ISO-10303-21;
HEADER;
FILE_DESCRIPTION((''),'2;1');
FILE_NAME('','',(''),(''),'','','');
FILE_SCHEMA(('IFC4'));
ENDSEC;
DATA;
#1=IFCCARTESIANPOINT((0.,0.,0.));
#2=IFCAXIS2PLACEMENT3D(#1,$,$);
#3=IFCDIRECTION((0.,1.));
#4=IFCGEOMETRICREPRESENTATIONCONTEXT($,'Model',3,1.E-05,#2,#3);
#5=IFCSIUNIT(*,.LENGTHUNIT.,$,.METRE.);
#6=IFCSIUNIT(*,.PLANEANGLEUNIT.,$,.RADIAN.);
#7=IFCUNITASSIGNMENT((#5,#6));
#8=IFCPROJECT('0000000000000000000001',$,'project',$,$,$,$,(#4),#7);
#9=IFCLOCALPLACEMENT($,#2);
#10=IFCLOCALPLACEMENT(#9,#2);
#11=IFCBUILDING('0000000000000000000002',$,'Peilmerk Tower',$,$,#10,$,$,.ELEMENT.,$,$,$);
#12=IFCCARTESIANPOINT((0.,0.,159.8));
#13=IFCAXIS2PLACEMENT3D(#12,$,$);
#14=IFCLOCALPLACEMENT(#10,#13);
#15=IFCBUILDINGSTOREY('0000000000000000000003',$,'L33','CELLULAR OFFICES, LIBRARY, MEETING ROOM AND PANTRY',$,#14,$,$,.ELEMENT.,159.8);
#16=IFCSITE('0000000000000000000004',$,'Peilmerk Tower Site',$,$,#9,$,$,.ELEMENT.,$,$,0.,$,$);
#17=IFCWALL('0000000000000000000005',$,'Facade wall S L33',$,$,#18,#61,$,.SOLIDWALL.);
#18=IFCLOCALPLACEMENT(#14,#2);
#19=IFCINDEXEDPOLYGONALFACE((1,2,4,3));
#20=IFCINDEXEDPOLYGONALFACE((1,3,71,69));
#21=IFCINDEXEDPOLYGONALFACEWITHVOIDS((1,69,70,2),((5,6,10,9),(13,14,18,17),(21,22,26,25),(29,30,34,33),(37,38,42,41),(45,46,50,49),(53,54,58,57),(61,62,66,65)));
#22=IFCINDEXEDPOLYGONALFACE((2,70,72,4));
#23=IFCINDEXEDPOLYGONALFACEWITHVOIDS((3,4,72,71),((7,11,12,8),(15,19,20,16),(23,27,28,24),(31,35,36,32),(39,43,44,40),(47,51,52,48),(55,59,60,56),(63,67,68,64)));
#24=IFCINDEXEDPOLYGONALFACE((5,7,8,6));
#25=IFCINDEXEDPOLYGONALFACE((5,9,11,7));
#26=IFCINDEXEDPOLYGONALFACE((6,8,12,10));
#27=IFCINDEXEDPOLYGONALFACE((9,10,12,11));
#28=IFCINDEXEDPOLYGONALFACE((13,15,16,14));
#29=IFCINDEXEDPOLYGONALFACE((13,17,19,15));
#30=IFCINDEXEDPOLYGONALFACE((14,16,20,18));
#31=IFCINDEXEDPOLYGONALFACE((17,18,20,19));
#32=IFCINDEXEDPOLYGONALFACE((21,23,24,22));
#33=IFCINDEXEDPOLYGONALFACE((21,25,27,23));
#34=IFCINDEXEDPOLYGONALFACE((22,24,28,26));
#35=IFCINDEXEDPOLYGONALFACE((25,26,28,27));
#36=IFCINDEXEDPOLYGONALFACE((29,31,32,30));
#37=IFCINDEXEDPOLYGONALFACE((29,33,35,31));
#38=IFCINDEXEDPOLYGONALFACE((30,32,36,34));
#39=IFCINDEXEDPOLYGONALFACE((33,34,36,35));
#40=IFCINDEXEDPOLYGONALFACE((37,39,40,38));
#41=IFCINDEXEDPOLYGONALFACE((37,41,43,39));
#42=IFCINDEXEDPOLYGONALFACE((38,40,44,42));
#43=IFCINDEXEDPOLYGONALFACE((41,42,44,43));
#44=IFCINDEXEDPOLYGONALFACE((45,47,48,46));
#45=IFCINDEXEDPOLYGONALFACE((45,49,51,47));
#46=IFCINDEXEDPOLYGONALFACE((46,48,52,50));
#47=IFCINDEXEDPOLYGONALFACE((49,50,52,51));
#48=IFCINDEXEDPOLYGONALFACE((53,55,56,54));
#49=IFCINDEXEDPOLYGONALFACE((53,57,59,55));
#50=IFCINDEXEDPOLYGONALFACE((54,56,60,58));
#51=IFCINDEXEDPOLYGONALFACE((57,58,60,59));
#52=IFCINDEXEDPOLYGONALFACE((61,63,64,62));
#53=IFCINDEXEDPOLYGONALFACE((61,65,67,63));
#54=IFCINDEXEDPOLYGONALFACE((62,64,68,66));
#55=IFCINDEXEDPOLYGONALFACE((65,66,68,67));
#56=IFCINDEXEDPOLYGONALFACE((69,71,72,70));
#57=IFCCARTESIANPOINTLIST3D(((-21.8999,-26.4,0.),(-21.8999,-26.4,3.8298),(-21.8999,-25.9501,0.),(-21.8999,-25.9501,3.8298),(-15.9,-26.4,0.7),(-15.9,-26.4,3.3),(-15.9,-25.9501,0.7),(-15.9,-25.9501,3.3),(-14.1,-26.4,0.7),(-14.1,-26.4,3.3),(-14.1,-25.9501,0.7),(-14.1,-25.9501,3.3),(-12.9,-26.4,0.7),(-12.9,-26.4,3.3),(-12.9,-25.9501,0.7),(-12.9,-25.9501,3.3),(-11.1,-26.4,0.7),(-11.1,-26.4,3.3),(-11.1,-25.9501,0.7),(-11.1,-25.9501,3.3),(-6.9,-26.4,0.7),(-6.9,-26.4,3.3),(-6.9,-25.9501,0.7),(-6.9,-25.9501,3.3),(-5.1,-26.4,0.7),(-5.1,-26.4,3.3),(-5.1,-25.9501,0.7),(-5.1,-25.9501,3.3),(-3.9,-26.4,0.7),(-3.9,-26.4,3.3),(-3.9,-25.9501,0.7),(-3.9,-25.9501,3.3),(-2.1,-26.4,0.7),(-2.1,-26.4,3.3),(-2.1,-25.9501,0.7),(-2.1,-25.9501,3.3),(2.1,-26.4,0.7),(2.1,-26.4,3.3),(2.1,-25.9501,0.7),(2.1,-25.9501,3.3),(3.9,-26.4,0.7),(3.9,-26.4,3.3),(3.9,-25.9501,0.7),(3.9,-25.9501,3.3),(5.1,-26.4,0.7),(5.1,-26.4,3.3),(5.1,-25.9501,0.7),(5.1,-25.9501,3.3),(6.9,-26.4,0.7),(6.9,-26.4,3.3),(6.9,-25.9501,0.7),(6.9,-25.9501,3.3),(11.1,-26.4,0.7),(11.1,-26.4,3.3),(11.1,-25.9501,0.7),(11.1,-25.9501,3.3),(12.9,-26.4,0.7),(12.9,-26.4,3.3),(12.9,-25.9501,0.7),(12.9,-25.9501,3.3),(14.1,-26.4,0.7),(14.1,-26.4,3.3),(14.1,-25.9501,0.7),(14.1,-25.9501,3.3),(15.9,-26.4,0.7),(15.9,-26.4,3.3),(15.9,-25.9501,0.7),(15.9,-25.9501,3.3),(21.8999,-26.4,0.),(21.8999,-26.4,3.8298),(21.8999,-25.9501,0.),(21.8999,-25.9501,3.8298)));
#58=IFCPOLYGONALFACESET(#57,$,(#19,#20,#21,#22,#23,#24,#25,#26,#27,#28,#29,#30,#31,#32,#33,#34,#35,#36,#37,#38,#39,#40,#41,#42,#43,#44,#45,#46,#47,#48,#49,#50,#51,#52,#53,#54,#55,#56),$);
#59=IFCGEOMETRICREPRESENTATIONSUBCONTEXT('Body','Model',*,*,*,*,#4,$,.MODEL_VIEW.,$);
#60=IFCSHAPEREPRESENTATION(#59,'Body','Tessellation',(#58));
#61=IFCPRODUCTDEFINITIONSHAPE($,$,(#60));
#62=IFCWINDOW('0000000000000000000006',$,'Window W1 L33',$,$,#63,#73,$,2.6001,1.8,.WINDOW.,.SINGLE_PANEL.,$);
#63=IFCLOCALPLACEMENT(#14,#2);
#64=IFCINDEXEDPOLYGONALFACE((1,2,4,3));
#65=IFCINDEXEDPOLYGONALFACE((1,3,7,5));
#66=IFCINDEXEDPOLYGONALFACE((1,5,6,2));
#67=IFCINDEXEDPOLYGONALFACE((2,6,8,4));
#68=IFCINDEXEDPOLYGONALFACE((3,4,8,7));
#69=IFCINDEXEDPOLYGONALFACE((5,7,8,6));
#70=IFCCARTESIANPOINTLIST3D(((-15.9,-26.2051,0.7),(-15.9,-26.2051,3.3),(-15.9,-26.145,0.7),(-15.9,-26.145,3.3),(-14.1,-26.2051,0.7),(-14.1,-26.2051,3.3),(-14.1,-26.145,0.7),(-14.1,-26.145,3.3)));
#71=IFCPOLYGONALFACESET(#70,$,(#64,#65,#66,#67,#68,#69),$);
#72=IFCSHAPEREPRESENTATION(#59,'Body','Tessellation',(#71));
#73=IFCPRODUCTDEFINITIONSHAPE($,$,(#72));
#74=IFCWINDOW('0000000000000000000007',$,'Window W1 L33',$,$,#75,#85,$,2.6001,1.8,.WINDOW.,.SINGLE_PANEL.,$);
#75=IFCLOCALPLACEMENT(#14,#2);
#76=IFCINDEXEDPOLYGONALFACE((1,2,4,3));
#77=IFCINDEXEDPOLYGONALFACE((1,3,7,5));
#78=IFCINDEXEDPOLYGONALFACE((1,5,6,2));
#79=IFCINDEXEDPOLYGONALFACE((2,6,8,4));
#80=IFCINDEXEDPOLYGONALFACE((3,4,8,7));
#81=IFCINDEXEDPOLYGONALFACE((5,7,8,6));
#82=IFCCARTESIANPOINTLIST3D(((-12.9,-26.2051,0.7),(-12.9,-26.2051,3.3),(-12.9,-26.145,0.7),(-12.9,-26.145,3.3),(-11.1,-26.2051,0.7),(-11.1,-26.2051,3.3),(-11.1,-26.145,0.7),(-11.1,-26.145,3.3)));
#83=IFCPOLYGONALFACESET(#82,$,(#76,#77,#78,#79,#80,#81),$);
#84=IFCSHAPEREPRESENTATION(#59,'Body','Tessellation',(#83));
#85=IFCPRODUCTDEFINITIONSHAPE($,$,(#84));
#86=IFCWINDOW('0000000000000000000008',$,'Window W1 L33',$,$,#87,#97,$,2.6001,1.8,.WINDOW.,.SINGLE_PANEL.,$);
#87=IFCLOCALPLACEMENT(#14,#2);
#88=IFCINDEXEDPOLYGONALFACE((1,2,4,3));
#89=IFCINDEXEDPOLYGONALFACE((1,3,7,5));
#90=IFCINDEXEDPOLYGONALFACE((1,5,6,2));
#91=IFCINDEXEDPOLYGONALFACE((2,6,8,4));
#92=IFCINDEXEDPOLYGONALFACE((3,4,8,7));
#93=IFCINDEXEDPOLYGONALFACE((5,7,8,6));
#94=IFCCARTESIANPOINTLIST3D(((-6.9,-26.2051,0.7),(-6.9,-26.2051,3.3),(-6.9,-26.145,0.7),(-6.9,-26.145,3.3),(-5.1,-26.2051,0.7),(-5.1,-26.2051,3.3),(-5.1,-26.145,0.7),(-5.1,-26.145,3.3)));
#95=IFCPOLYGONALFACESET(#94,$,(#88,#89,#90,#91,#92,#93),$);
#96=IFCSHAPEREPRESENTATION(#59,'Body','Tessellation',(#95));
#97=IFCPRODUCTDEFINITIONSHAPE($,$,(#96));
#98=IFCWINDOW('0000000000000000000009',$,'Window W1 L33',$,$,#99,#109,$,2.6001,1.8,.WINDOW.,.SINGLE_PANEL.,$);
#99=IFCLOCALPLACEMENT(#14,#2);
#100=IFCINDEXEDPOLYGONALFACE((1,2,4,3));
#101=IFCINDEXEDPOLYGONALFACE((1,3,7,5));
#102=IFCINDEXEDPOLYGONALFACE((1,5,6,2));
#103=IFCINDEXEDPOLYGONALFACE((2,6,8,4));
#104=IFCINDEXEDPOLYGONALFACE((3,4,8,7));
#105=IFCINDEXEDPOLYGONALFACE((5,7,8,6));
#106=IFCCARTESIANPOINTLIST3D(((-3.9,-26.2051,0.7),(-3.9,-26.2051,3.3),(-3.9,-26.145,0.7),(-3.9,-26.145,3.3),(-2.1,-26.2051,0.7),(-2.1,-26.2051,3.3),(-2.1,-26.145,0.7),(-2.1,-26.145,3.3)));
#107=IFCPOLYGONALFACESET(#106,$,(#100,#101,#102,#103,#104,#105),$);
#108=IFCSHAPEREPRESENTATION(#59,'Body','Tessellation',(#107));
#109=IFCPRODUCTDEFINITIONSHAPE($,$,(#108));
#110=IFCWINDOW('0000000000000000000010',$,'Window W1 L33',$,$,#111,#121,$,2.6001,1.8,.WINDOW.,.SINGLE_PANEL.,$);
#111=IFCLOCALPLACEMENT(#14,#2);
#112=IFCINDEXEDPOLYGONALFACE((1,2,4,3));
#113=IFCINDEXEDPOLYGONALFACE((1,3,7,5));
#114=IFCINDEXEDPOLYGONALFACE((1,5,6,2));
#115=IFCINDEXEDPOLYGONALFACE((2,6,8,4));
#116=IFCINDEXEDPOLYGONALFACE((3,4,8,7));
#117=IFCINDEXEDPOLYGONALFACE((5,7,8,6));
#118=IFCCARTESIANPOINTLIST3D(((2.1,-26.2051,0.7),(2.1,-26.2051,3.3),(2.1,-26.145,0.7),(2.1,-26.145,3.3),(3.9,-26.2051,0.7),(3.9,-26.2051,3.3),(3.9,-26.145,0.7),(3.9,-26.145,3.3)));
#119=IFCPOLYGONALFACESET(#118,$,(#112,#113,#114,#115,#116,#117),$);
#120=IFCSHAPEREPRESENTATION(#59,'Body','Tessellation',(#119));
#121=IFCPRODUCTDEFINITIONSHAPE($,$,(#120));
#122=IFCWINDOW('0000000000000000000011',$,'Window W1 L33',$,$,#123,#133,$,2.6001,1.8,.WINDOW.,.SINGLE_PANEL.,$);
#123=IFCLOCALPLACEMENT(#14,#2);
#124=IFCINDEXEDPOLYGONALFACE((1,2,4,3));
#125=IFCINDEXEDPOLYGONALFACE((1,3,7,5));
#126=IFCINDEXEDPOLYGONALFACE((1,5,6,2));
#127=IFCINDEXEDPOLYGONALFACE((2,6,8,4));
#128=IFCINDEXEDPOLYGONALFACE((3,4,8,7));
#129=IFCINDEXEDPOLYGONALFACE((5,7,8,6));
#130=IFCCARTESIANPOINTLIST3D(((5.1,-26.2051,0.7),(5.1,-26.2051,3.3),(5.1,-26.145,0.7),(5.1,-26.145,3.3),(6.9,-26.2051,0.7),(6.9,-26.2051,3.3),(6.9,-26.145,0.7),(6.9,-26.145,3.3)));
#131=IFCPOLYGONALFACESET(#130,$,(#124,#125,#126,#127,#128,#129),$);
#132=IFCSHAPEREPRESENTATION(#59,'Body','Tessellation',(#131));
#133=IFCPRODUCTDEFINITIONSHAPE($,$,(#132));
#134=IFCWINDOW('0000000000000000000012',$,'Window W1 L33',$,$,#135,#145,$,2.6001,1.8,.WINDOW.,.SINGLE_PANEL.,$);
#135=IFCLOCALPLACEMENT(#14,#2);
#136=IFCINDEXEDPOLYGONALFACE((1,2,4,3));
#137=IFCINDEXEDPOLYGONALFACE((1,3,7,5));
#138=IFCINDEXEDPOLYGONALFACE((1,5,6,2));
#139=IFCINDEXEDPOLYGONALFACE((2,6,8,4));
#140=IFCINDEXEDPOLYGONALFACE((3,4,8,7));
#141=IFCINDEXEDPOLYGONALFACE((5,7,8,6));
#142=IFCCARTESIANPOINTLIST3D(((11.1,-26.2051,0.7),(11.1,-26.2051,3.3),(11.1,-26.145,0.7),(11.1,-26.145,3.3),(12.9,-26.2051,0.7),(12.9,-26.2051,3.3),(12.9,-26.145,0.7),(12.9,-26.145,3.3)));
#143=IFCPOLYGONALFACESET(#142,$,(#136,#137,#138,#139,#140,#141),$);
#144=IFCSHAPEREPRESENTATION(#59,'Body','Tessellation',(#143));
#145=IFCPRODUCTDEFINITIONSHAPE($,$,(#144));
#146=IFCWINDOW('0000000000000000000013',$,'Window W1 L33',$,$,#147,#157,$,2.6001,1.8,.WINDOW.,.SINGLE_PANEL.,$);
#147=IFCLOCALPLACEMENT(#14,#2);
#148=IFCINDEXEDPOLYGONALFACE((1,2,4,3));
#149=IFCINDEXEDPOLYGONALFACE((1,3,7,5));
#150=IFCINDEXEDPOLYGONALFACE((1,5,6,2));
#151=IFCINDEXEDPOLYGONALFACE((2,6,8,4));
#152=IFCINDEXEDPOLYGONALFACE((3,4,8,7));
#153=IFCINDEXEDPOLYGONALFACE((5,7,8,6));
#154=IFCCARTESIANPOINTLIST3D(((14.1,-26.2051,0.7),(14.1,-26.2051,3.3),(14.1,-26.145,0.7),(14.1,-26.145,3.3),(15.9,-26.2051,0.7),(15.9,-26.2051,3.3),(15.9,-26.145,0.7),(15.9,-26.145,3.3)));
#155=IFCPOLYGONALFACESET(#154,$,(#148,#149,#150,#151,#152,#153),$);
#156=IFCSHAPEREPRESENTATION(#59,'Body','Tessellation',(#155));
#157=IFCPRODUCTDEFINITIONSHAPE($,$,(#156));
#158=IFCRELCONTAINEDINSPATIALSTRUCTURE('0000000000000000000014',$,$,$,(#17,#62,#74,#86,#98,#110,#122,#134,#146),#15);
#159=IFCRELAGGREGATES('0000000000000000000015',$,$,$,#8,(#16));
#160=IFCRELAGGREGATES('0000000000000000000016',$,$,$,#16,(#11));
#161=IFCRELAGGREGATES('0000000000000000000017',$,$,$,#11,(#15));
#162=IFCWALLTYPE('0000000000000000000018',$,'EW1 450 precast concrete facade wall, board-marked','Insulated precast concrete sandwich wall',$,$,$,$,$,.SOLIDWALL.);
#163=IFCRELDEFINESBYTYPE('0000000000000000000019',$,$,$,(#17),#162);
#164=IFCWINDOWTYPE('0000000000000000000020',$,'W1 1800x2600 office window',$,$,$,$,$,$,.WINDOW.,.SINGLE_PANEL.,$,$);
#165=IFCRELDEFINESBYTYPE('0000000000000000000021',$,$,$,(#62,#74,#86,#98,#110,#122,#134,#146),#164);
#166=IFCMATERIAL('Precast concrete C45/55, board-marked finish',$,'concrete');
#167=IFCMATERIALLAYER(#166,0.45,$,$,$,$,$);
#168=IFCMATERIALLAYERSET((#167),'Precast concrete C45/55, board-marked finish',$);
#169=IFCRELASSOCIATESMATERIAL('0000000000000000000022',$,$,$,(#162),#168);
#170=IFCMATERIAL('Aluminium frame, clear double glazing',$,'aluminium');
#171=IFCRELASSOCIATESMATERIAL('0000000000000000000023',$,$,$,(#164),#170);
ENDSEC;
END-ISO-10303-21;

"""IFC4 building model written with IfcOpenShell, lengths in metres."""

from ifc_helpers import new_model, si_unit, direction, frame, frame_2d, origin, place, context, subcontext, project, spatial, rectangle, extrude, material, layer, layer_set, type_object, element, fill, save


model = new_model("IFC4")

# Units and contexts
model_context = context("Model", 3, precision=1e-05, world=origin(), true_north=direction((0.0, 1.0)))
body_context = subcontext(model_context, "Body", "Model", "MODEL_VIEW")
ifc_project = project(units=[si_unit("LENGTHUNIT", "METRE"), si_unit("PLANEANGLEUNIT", "RADIAN")], contexts=[model_context])

# Site, building, storey
site_placement = place(None, origin())
site = spatial("IfcSite", under=ifc_project, at=site_placement, Name="Peilmerk Tower Site", CompositionType="ELEMENT", RefElevation=0.0)
building_placement = place(site_placement, origin())
building = spatial("IfcBuilding", under=site, at=building_placement, Name="Peilmerk Tower", CompositionType="ELEMENT")
storey_placement = place(building_placement, frame((0.0, 0.0, 159.8)))
storey = spatial("IfcBuildingStorey", under=building, at=storey_placement, Name="L33", Description="CELLULAR OFFICES, LIBRARY, MEETING ROOM AND PANTRY", CompositionType="ELEMENT", Elevation=159.8)

# Wall, openings, windows
ifc_material_1 = material(Name="Precast concrete C45/55, board-marked finish", Category="concrete")
ifc_layer_1 = layer(ifc_material_1, 0.45)
ifc_layer_set_1 = layer_set([ifc_layer_1], Name="Precast concrete C45/55, board-marked finish")
wall_type = type_object("IfcWallType", Name="EW1 450 precast concrete facade wall, board-marked", Description="Insulated precast concrete sandwich wall", PredefinedType="SOLIDWALL", material=ifc_layer_set_1)
wall_placement = place(storey_placement, frame((-21.8999, -26.175, 0.0), z_axis=(0.0, 0.0, 1.0), x_axis=(1.0, 0.0, 0.0)))
wall = element("IfcWall", 1, at=wall_placement, inside=storey, type_object=wall_type, Name="Facade wall S L33", PredefinedType="SOLIDWALL", context=body_context, shape_type="SweptSolid", body=[
    extrude(rectangle(XDim=43.7998, YDim=0.45, at=frame_2d((21.8999, 0.0))), origin(), (0.0, 0.0, 1.0), 3.8298),
])
opening_1_placement = place(wall_placement, frame((6.0, 0.0, 0.7)))
opening_1 = element("IfcOpeningElement", 2, at=opening_1_placement, cuts=wall, PredefinedType="OPENING", context=body_context, shape_type="SweptSolid", body=[
    extrude(rectangle(XDim=1.8, YDim=2.6001, at=frame_2d((0.8999, 1.3))), frame((0.0, 0.2349, 0.0), z_axis=(0.0, -1.0, 0.0), x_axis=(1.0, 0.0, 0.0)), (0.0, 0.0, 1.0), 0.47),
])
opening_2_placement = place(wall_placement, frame((9.0, 0.0, 0.7)))
opening_2 = element("IfcOpeningElement", 3, at=opening_2_placement, cuts=wall, PredefinedType="OPENING", context=body_context, shape_type="SweptSolid", body=[
    extrude(rectangle(XDim=1.8, YDim=2.6001, at=frame_2d((0.8999, 1.3))), frame((0.0, 0.2349, 0.0), z_axis=(0.0, -1.0, 0.0), x_axis=(1.0, 0.0, 0.0)), (0.0, 0.0, 1.0), 0.47),
])
opening_3_placement = place(wall_placement, frame((15.0, 0.0, 0.7)))
opening_3 = element("IfcOpeningElement", 4, at=opening_3_placement, cuts=wall, PredefinedType="OPENING", context=body_context, shape_type="SweptSolid", body=[
    extrude(rectangle(XDim=1.8, YDim=2.6001, at=frame_2d((0.8999, 1.3))), frame((0.0, 0.2349, 0.0), z_axis=(0.0, -1.0, 0.0), x_axis=(1.0, 0.0, 0.0)), (0.0, 0.0, 1.0), 0.47),
])
opening_4_placement = place(wall_placement, frame((18.0, 0.0, 0.7)))
opening_4 = element("IfcOpeningElement", 5, at=opening_4_placement, cuts=wall, PredefinedType="OPENING", context=body_context, shape_type="SweptSolid", body=[
    extrude(rectangle(XDim=1.8, YDim=2.6001, at=frame_2d((0.8999, 1.3))), frame((0.0, 0.2349, 0.0), z_axis=(0.0, -1.0, 0.0), x_axis=(1.0, 0.0, 0.0)), (0.0, 0.0, 1.0), 0.47),
])
opening_5_placement = place(wall_placement, frame((24.0, 0.0, 0.7)))
opening_5 = element("IfcOpeningElement", 6, at=opening_5_placement, cuts=wall, PredefinedType="OPENING", context=body_context, shape_type="SweptSolid", body=[
    extrude(rectangle(XDim=1.8, YDim=2.6001, at=frame_2d((0.8999, 1.3))), frame((0.0, 0.2349, 0.0), z_axis=(0.0, -1.0, 0.0), x_axis=(1.0, 0.0, 0.0)), (0.0, 0.0, 1.0), 0.47),
])
opening_6_placement = place(wall_placement, frame((27.0, 0.0, 0.7)))
opening_6 = element("IfcOpeningElement", 7, at=opening_6_placement, cuts=wall, PredefinedType="OPENING", context=body_context, shape_type="SweptSolid", body=[
    extrude(rectangle(XDim=1.8, YDim=2.6001, at=frame_2d((0.8999, 1.3))), frame((0.0, 0.2349, 0.0), z_axis=(0.0, -1.0, 0.0), x_axis=(1.0, 0.0, 0.0)), (0.0, 0.0, 1.0), 0.47),
])
opening_7_placement = place(wall_placement, frame((33.0, 0.0, 0.7)))
opening_7 = element("IfcOpeningElement", 8, at=opening_7_placement, cuts=wall, PredefinedType="OPENING", context=body_context, shape_type="SweptSolid", body=[
    extrude(rectangle(XDim=1.8, YDim=2.6001, at=frame_2d((0.8999, 1.3))), frame((0.0, 0.2349, 0.0), z_axis=(0.0, -1.0, 0.0), x_axis=(1.0, 0.0, 0.0)), (0.0, 0.0, 1.0), 0.47),
])
opening_8_placement = place(wall_placement, frame((36.0, 0.0, 0.7)))
opening_8 = element("IfcOpeningElement", 9, at=opening_8_placement, cuts=wall, PredefinedType="OPENING", context=body_context, shape_type="SweptSolid", body=[
    extrude(rectangle(XDim=1.8, YDim=2.6001, at=frame_2d((0.8999, 1.3))), frame((0.0, 0.2349, 0.0), z_axis=(0.0, -1.0, 0.0), x_axis=(1.0, 0.0, 0.0)), (0.0, 0.0, 1.0), 0.47),
])
ifc_material_2 = material(Name="Aluminium frame, clear double glazing", Category="aluminium")
window_type = type_object("IfcWindowType", Name="W1 1800x2600 office window", PartitioningType="SINGLE_PANEL", PredefinedType="WINDOW", material=ifc_material_2)
window_1_placement = place(opening_1_placement, origin())
window_1 = element("IfcWindow", 10, at=window_1_placement, inside=storey, type_object=window_type, Name="Window W1 L33", OverallHeight=2.6001, OverallWidth=1.8, PartitioningType="SINGLE_PANEL", PredefinedType="WINDOW", context=body_context, shape_type="SweptSolid", body=[
    extrude(rectangle(XDim=1.8, YDim=2.6001, at=frame_2d((0.8999, 1.3))), frame((0.0, 0.03, 0.0), z_axis=(0.0, -1.0, 0.0), x_axis=(1.0, 0.0, 0.0)), (0.0, 0.0, 1.0), 0.0601),
])
fill(opening_1, window_1)
window_2_placement = place(opening_2_placement, origin())
window_2 = element("IfcWindow", 11, at=window_2_placement, inside=storey, type_object=window_type, Name="Window W1 L33", OverallHeight=2.6001, OverallWidth=1.8, PartitioningType="SINGLE_PANEL", PredefinedType="WINDOW", context=body_context, shape_type="SweptSolid", body=[
    extrude(rectangle(XDim=1.8, YDim=2.6001, at=frame_2d((0.8999, 1.3))), frame((0.0, 0.03, 0.0), z_axis=(0.0, -1.0, 0.0), x_axis=(1.0, 0.0, 0.0)), (0.0, 0.0, 1.0), 0.0601),
])
fill(opening_2, window_2)
window_3_placement = place(opening_3_placement, origin())
window_3 = element("IfcWindow", 12, at=window_3_placement, inside=storey, type_object=window_type, Name="Window W1 L33", OverallHeight=2.6001, OverallWidth=1.8, PartitioningType="SINGLE_PANEL", PredefinedType="WINDOW", context=body_context, shape_type="SweptSolid", body=[
    extrude(rectangle(XDim=1.8, YDim=2.6001, at=frame_2d((0.8999, 1.3))), frame((0.0, 0.03, 0.0), z_axis=(0.0, -1.0, 0.0), x_axis=(1.0, 0.0, 0.0)), (0.0, 0.0, 1.0), 0.0601),
])
fill(opening_3, window_3)
window_4_placement = place(opening_4_placement, origin())
window_4 = element("IfcWindow", 13, at=window_4_placement, inside=storey, type_object=window_type, Name="Window W1 L33", OverallHeight=2.6001, OverallWidth=1.8, PartitioningType="SINGLE_PANEL", PredefinedType="WINDOW", context=body_context, shape_type="SweptSolid", body=[
    extrude(rectangle(XDim=1.8, YDim=2.6001, at=frame_2d((0.8999, 1.3))), frame((0.0, 0.03, 0.0), z_axis=(0.0, -1.0, 0.0), x_axis=(1.0, 0.0, 0.0)), (0.0, 0.0, 1.0), 0.0601),
])
fill(opening_4, window_4)
window_5_placement = place(opening_5_placement, origin())
window_5 = element("IfcWindow", 14, at=window_5_placement, inside=storey, type_object=window_type, Name="Window W1 L33", OverallHeight=2.6001, OverallWidth=1.8, PartitioningType="SINGLE_PANEL", PredefinedType="WINDOW", context=body_context, shape_type="SweptSolid", body=[
    extrude(rectangle(XDim=1.8, YDim=2.6001, at=frame_2d((0.8999, 1.3))), frame((0.0, 0.03, 0.0), z_axis=(0.0, -1.0, 0.0), x_axis=(1.0, 0.0, 0.0)), (0.0, 0.0, 1.0), 0.0601),
])
fill(opening_5, window_5)
window_6_placement = place(opening_6_placement, origin())
window_6 = element("IfcWindow", 15, at=window_6_placement, inside=storey, type_object=window_type, Name="Window W1 L33", OverallHeight=2.6001, OverallWidth=1.8, PartitioningType="SINGLE_PANEL", PredefinedType="WINDOW", context=body_context, shape_type="SweptSolid", body=[
    extrude(rectangle(XDim=1.8, YDim=2.6001, at=frame_2d((0.8999, 1.3))), frame((0.0, 0.03, 0.0), z_axis=(0.0, -1.0, 0.0), x_axis=(1.0, 0.0, 0.0)), (0.0, 0.0, 1.0), 0.0601),
])
fill(opening_6, window_6)
window_7_placement = place(opening_7_placement, origin())
window_7 = element("IfcWindow", 16, at=window_7_placement, inside=storey, type_object=window_type, Name="Window W1 L33", OverallHeight=2.6001, OverallWidth=1.8, PartitioningType="SINGLE_PANEL", PredefinedType="WINDOW", context=body_context, shape_type="SweptSolid", body=[
    extrude(rectangle(XDim=1.8, YDim=2.6001, at=frame_2d((0.8999, 1.3))), frame((0.0, 0.03, 0.0), z_axis=(0.0, -1.0, 0.0), x_axis=(1.0, 0.0, 0.0)), (0.0, 0.0, 1.0), 0.0601),
])
fill(opening_7, window_7)
window_8_placement = place(opening_8_placement, origin())
window_8 = element("IfcWindow", 17, at=window_8_placement, inside=storey, type_object=window_type, Name="Window W1 L33", OverallHeight=2.6001, OverallWidth=1.8, PartitioningType="SINGLE_PANEL", PredefinedType="WINDOW", context=body_context, shape_type="SweptSolid", body=[
    extrude(rectangle(XDim=1.8, YDim=2.6001, at=frame_2d((0.8999, 1.3))), frame((0.0, 0.03, 0.0), z_axis=(0.0, -1.0, 0.0), x_axis=(1.0, 0.0, 0.0)), (0.0, 0.0, 1.0), 0.0601),
])
fill(opening_8, window_8)

save(model, "model.ifc")
